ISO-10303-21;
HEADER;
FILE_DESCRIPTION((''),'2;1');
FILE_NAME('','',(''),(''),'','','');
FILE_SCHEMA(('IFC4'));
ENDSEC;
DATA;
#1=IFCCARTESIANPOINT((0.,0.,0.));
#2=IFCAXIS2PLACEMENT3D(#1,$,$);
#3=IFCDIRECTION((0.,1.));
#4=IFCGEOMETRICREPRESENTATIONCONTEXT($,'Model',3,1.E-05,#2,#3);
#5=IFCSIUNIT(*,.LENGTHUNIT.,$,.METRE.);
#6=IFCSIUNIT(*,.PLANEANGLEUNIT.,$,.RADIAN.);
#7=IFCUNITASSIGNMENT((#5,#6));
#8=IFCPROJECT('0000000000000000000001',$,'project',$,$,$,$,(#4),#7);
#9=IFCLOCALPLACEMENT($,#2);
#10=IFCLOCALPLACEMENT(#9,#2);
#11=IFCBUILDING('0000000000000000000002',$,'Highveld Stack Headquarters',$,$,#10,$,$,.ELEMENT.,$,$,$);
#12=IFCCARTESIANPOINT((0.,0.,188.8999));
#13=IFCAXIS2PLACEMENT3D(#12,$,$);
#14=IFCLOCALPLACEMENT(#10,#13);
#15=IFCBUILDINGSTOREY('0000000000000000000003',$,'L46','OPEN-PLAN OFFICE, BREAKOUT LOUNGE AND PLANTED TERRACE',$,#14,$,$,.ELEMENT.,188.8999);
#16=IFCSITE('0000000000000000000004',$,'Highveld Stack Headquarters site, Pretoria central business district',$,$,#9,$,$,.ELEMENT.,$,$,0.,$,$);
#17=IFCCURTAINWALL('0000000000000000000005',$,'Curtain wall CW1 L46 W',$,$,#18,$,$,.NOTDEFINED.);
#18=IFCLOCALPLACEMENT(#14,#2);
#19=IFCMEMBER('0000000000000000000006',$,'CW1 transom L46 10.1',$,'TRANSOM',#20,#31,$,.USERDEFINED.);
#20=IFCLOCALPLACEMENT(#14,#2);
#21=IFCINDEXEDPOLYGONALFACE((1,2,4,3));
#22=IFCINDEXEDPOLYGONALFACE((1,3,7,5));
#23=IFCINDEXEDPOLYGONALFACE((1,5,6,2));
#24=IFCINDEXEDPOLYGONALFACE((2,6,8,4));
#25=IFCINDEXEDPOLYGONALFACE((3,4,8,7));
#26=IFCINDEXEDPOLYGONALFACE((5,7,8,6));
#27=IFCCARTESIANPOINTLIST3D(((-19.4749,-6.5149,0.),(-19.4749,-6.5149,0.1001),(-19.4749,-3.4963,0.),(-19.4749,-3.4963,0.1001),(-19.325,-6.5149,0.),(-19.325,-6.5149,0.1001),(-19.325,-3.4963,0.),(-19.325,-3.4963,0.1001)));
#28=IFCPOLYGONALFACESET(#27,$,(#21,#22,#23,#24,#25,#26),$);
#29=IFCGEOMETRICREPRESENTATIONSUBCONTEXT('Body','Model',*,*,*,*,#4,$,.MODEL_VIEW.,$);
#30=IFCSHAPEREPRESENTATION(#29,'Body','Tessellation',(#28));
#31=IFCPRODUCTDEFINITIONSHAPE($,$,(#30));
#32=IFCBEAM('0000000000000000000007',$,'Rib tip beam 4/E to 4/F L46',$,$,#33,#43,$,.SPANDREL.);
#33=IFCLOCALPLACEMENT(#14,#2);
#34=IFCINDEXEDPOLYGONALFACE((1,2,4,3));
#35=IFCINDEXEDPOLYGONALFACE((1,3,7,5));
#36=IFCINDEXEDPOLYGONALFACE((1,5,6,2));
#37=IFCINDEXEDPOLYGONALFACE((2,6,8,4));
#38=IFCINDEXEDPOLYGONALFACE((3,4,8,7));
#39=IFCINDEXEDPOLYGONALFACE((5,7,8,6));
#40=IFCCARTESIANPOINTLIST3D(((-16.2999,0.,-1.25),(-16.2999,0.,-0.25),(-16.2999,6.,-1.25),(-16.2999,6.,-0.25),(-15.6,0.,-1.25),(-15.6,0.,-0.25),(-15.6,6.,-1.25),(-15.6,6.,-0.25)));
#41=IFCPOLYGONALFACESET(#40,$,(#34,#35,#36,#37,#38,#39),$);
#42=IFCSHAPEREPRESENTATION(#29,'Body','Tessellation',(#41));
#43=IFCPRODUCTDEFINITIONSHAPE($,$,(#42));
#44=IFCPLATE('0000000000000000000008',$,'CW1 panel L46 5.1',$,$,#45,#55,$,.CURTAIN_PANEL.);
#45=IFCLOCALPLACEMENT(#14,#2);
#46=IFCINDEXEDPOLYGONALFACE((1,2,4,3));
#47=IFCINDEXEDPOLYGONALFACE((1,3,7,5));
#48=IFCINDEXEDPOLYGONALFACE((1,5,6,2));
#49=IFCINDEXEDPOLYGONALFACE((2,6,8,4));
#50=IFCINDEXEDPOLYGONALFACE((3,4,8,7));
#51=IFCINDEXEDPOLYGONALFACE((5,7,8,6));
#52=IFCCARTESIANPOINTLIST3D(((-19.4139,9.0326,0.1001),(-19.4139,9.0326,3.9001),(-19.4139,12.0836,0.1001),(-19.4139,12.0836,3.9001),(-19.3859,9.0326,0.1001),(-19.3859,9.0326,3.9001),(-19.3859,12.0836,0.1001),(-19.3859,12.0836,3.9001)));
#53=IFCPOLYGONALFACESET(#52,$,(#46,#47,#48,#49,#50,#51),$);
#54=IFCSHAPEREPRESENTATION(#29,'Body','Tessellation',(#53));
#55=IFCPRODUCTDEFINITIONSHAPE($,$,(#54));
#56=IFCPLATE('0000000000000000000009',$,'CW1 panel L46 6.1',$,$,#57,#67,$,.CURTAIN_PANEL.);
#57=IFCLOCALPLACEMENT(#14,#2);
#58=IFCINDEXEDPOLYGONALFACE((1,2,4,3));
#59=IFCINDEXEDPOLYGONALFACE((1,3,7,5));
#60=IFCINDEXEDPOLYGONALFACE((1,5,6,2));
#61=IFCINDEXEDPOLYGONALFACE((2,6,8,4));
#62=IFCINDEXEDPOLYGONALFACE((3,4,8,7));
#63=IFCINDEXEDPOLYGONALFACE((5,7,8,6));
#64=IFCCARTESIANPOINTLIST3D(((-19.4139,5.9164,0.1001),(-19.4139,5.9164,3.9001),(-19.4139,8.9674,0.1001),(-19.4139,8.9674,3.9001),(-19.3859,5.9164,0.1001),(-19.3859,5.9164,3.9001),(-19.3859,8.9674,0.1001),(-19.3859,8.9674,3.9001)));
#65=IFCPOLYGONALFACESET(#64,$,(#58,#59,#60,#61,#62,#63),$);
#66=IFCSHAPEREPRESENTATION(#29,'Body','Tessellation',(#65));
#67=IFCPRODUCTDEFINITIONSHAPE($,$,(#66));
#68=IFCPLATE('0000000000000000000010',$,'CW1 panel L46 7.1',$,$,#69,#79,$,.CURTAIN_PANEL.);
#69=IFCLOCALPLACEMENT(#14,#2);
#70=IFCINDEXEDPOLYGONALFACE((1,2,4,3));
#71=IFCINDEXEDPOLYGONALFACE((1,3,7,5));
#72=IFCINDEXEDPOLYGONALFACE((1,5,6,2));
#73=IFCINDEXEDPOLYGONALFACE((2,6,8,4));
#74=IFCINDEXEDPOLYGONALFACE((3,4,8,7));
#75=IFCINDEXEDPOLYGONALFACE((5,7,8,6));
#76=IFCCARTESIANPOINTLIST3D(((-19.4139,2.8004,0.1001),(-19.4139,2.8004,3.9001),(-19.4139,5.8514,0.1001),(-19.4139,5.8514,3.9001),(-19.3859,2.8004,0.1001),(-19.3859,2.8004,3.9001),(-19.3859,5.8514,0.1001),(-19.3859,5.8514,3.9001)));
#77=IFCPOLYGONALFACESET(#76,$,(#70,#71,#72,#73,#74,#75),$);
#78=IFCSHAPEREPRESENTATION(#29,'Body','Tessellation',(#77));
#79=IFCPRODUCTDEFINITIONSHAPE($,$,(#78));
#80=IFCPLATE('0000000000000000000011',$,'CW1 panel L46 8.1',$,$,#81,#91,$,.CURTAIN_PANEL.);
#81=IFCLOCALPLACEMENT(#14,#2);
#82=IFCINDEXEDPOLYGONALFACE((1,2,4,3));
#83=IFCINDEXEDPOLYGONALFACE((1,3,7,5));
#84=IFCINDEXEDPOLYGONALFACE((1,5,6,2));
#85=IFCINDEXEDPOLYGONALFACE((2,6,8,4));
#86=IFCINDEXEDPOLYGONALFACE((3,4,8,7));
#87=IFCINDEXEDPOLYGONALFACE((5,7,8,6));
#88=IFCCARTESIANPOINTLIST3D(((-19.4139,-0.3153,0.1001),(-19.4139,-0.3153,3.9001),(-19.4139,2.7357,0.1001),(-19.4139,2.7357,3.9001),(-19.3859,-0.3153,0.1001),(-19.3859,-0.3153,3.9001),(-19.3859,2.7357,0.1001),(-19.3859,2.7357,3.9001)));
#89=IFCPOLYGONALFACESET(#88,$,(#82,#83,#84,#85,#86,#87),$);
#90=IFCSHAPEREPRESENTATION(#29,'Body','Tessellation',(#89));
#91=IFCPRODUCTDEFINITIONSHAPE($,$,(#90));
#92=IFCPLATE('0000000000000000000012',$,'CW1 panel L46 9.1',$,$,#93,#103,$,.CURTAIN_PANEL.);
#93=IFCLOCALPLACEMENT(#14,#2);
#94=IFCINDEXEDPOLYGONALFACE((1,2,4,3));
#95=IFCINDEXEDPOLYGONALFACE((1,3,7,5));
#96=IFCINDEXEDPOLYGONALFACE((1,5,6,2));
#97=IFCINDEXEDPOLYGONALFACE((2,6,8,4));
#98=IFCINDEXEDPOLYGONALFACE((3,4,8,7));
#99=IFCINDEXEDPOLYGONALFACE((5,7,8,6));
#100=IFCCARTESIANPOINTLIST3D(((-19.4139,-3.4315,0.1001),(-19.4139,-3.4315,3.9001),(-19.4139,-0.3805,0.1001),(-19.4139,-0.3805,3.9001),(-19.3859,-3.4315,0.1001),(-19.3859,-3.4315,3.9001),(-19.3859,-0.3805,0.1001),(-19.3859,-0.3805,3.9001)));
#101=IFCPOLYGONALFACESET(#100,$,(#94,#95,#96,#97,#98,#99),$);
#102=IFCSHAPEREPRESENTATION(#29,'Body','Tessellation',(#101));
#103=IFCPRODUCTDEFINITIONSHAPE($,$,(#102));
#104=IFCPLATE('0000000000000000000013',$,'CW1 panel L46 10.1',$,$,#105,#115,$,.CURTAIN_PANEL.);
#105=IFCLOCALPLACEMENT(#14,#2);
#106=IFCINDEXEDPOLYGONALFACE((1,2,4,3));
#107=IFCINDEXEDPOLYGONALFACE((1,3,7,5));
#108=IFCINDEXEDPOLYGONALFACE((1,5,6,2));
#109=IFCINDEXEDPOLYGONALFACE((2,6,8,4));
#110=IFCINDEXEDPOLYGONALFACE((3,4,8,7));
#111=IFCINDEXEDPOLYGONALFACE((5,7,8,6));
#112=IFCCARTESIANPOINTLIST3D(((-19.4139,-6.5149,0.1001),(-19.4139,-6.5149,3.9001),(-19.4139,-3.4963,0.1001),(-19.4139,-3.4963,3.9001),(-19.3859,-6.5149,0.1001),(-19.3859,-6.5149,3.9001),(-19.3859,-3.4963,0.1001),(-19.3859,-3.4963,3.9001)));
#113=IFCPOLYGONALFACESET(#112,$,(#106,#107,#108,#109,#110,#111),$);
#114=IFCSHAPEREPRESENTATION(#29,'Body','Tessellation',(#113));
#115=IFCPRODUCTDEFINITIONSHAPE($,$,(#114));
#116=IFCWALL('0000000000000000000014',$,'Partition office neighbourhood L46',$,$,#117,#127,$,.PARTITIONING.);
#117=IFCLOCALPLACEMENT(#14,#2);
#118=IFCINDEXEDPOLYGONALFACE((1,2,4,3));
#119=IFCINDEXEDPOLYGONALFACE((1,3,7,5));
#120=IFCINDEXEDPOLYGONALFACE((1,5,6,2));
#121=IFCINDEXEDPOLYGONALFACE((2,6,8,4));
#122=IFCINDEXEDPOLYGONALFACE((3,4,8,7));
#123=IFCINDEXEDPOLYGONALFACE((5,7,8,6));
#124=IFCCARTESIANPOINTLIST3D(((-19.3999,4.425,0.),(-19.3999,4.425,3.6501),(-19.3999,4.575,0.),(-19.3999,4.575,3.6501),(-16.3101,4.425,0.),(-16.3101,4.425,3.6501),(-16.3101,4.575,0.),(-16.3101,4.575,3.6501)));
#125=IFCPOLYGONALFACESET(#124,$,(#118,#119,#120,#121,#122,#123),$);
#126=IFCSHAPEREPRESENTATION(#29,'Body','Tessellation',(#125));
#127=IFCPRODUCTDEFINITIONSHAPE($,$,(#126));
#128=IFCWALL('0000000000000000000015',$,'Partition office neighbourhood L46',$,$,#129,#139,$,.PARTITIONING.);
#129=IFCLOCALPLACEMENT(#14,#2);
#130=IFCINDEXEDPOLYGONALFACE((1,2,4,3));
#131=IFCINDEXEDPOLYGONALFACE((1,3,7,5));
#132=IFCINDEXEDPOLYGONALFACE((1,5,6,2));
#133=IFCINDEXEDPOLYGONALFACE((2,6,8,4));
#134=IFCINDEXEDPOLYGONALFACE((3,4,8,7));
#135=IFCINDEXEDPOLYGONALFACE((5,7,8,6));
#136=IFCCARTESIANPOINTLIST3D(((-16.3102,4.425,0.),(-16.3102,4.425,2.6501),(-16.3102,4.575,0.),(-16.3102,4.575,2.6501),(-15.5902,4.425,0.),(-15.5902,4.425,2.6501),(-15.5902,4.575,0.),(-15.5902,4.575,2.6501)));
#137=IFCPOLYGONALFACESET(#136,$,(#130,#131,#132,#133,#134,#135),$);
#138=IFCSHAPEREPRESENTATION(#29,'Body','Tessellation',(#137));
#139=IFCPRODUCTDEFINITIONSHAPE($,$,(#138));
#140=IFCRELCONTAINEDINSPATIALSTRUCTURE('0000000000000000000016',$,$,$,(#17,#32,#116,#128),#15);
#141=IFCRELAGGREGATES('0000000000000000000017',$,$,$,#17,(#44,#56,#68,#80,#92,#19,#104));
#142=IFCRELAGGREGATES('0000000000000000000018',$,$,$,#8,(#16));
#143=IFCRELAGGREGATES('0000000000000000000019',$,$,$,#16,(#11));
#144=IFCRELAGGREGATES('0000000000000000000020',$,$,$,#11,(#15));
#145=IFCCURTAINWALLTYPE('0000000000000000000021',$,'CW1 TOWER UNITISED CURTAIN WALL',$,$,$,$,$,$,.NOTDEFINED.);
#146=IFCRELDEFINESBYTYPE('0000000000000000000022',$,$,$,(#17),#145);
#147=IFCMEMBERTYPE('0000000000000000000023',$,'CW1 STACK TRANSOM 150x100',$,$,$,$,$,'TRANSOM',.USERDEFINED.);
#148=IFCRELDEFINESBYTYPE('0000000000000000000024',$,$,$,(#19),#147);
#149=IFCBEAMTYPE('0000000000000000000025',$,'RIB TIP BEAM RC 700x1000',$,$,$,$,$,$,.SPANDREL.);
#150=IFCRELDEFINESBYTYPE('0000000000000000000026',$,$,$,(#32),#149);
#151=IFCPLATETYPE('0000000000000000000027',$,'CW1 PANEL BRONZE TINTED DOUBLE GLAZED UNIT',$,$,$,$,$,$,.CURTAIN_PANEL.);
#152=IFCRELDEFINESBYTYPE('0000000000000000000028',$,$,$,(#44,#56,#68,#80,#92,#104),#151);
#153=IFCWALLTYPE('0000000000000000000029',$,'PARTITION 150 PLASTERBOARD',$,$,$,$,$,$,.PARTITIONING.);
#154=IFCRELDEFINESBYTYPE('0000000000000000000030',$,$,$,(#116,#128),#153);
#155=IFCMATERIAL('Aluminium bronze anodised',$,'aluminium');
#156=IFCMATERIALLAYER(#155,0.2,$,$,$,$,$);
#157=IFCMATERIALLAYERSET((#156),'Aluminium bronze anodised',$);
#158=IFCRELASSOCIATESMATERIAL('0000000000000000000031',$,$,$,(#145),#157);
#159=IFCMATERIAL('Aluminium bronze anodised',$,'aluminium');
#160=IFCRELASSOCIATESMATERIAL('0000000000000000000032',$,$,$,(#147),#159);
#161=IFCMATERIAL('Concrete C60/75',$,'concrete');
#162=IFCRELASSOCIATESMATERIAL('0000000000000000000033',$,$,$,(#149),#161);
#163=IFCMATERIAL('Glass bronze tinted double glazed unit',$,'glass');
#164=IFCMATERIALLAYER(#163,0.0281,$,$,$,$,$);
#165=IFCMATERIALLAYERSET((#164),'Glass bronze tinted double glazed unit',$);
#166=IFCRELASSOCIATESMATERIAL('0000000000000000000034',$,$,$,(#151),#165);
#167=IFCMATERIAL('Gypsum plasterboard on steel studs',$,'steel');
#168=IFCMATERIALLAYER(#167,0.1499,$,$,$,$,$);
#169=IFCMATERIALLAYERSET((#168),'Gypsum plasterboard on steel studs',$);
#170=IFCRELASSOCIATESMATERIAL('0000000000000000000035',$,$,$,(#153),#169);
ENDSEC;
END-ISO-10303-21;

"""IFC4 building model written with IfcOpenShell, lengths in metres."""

from ifc_helpers import new_model, si_unit, direction, frame, frame_2d, origin, origin_2d, place, context, subcontext, project, spatial, rectangle, extrude, material, layer, layer_set, material_profile, profile_set, type_object, element, aggregate, save


model = new_model("IFC4")

# Units and contexts
model_context = context("Model", 3, precision=1e-05, world=origin(), true_north=direction((0.0, 1.0)))
body_context = subcontext(model_context, "Body", "Model", "MODEL_VIEW")
ifc_project = project(units=[si_unit("LENGTHUNIT", "METRE"), si_unit("PLANEANGLEUNIT", "RADIAN")], contexts=[model_context])

# Site, building, storey
site_placement = place(None, origin())
site = spatial("IfcSite", under=ifc_project, at=site_placement, Name="Highveld Stack Headquarters site, Pretoria central business district", CompositionType="ELEMENT", RefElevation=0.0)
building_placement = place(site_placement, origin())
building = spatial("IfcBuilding", under=site, at=building_placement, Name="Highveld Stack Headquarters", CompositionType="ELEMENT")
storey_placement = place(building_placement, frame((0.0, 0.0, 188.8999)))
storey = spatial("IfcBuildingStorey", under=building, at=storey_placement, Name="L46", Description="OPEN-PLAN OFFICE, BREAKOUT LOUNGE AND PLANTED TERRACE", CompositionType="ELEMENT", Elevation=188.8999)

# Curtain wall, member
ifc_material_1 = material(Name="Aluminium bronze anodised", Category="aluminium")
ifc_layer_1 = layer(ifc_material_1, 0.2)
ifc_layer_set_1 = layer_set([ifc_layer_1], Name="Aluminium bronze anodised")
curtain_wall_type = type_object("IfcCurtainWallType", Name="CW1 TOWER UNITISED CURTAIN WALL", PredefinedType="NOTDEFINED", material=ifc_layer_set_1)
curtain_wall_placement = place(storey_placement, origin())
curtain_wall = element("IfcCurtainWall", 1, at=curtain_wall_placement, inside=storey, type_object=curtain_wall_type, Name="Curtain wall CW1 L46 W", PredefinedType="NOTDEFINED")
ifc_material_2 = material(Name="Aluminium bronze anodised", Category="aluminium")
ifc_material_profile_1 = material_profile(ifc_material_2, rectangle(XDim=0.1499, YDim=0.1001, at=origin_2d()), Name="CW1 TRANSOM 150x100")
ifc_profile_set_1 = profile_set([ifc_material_profile_1], Name="Aluminium bronze anodised")
member_type_1 = type_object("IfcMemberType", Name="CW1 STACK TRANSOM 150x100", ElementType="TRANSOM", PredefinedType="USERDEFINED", material=ifc_profile_set_1)
member_1_placement = place(storey_placement, frame((-19.3999, -3.4963, 0.05), z_axis=(0.0, -1.0, 0.0), x_axis=(1.0, 0.0, 0.0)))
member_1 = element("IfcMember", 2, at=member_1_placement, type_object=member_type_1, Name="CW1 transom L46 10.1", ObjectType="TRANSOM", PredefinedType="USERDEFINED", context=body_context, shape_type="SweptSolid", body=[
    extrude(rectangle(XDim=0.1499, YDim=0.1001, at=origin_2d()), origin(), (0.0, 0.0, 1.0), 3.0186),
])

# Beam
ifc_material_3 = material(Name="Concrete C60/75", Category="concrete")
ifc_material_profile_2 = material_profile(ifc_material_3, rectangle(XDim=0.7, YDim=1.0, at=origin_2d()), Name="RC 700x1000")
ifc_profile_set_2 = profile_set([ifc_material_profile_2], Name="Concrete C60/75")
beam_type = type_object("IfcBeamType", Name="RIB TIP BEAM RC 700x1000", PredefinedType="SPANDREL", material=ifc_profile_set_2)
beam_placement = place(storey_placement, frame((-15.95, 0.0, -0.75), z_axis=(0.0, 1.0, 0.0), x_axis=(-1.0, 0.0, 0.0)))
element("IfcBeam", 3, at=beam_placement, inside=storey, type_object=beam_type, Name="Rib tip beam 4/E to 4/F L46", PredefinedType="SPANDREL", context=body_context, shape_type="SweptSolid", body=[
    extrude(rectangle(XDim=0.7, YDim=1.0, at=origin_2d()), origin(), (0.0, 0.0, 1.0), 6.0),
])

# Plates
ifc_material_4 = material(Name="Glass bronze tinted double glazed unit", Category="glass")
ifc_layer_2 = layer(ifc_material_4, 0.0281)
ifc_layer_set_2 = layer_set([ifc_layer_2], Name="Glass bronze tinted double glazed unit")
plate_type = type_object("IfcPlateType", Name="CW1 PANEL BRONZE TINTED DOUBLE GLAZED UNIT", PredefinedType="CURTAIN_PANEL", material=ifc_layer_set_2)
plate_1_placement = place(storey_placement, frame((-19.3999, 10.5581, 0.1001), z_axis=(0.0, 0.0, 1.0), x_axis=(0.0, -1.0, 0.0)))
plate_1 = element("IfcPlate", 4, at=plate_1_placement, type_object=plate_type, Name="CW1 panel L46 5.1", PredefinedType="CURTAIN_PANEL", context=body_context, shape_type="SweptSolid", body=[
    extrude(rectangle(XDim=3.051, YDim=0.0281, at=origin_2d()), origin(), (0.0, 0.0, 1.0), 3.8),
])
plate_2_placement = place(storey_placement, frame((-19.3999, 7.4419, 0.1001), z_axis=(0.0, 0.0, 1.0), x_axis=(0.0, -1.0, 0.0)))
plate_2 = element("IfcPlate", 5, at=plate_2_placement, type_object=plate_type, Name="CW1 panel L46 6.1", PredefinedType="CURTAIN_PANEL", context=body_context, shape_type="SweptSolid", body=[
    extrude(rectangle(XDim=3.051, YDim=0.0281, at=origin_2d()), origin(), (0.0, 0.0, 1.0), 3.8),
])
plate_3_placement = place(storey_placement, frame((-19.3999, 4.3259, 0.1001), z_axis=(0.0, 0.0, 1.0), x_axis=(0.0, -1.0, 0.0)))
plate_3 = element("IfcPlate", 6, at=plate_3_placement, type_object=plate_type, Name="CW1 panel L46 7.1", PredefinedType="CURTAIN_PANEL", context=body_context, shape_type="SweptSolid", body=[
    extrude(rectangle(XDim=3.051, YDim=0.0281, at=origin_2d()), origin(), (0.0, 0.0, 1.0), 3.8),
])
plate_4_placement = place(storey_placement, frame((-19.3999, 1.2102, 0.1001), z_axis=(0.0, 0.0, 1.0), x_axis=(0.0, -1.0, 0.0)))
plate_4 = element("IfcPlate", 7, at=plate_4_placement, type_object=plate_type, Name="CW1 panel L46 8.1", PredefinedType="CURTAIN_PANEL", context=body_context, shape_type="SweptSolid", body=[
    extrude(rectangle(XDim=3.051, YDim=0.0281, at=origin_2d()), origin(), (0.0, 0.0, 1.0), 3.8),
])
plate_5_placement = place(storey_placement, frame((-19.3999, -1.906, 0.1001), z_axis=(0.0, 0.0, 1.0), x_axis=(0.0, -1.0, 0.0)))
plate_5 = element("IfcPlate", 8, at=plate_5_placement, type_object=plate_type, Name="CW1 panel L46 9.1", PredefinedType="CURTAIN_PANEL", context=body_context, shape_type="SweptSolid", body=[
    extrude(rectangle(XDim=3.051, YDim=0.0281, at=origin_2d()), origin(), (0.0, 0.0, 1.0), 3.8),
])
plate_6_placement = place(storey_placement, frame((-19.3999, -5.0056, 0.1001), z_axis=(0.0, 0.0, 1.0), x_axis=(0.0, -1.0, 0.0)))
plate_6 = element("IfcPlate", 9, at=plate_6_placement, type_object=plate_type, Name="CW1 panel L46 10.1", PredefinedType="CURTAIN_PANEL", context=body_context, shape_type="SweptSolid", body=[
    extrude(rectangle(XDim=3.0186, YDim=0.0281, at=origin_2d()), origin(), (0.0, 0.0, 1.0), 3.8),
])
aggregate(curtain_wall, [plate_1, plate_2, plate_3, plate_4, plate_5, member_1, plate_6])

# Walls
ifc_material_5 = material(Name="Gypsum plasterboard on steel studs", Category="steel")
ifc_layer_3 = layer(ifc_material_5, 0.1499)
ifc_layer_set_3 = layer_set([ifc_layer_3], Name="Gypsum plasterboard on steel studs")
wall_type = type_object("IfcWallType", Name="PARTITION 150 PLASTERBOARD", PredefinedType="PARTITIONING", material=ifc_layer_set_3)
wall_1_placement = place(storey_placement, frame((-19.3999, 4.5, 0.0), z_axis=(0.0, 0.0, 1.0), x_axis=(1.0, 0.0, 0.0)))
element("IfcWall", 10, at=wall_1_placement, inside=storey, type_object=wall_type, Name="Partition office neighbourhood L46", PredefinedType="PARTITIONING", context=body_context, shape_type="SweptSolid", body=[
    extrude(rectangle(XDim=3.0898, YDim=0.1499, at=frame_2d((1.5449, 0.0))), origin(), (0.0, 0.0, 1.0), 3.6501),
])
wall_2_placement = place(storey_placement, frame((-16.3101, 4.5, 0.0), z_axis=(0.0, 0.0, 1.0), x_axis=(1.0, 0.0, 0.0)))
element("IfcWall", 11, at=wall_2_placement, inside=storey, type_object=wall_type, Name="Partition office neighbourhood L46", PredefinedType="PARTITIONING", context=body_context, shape_type="SweptSolid", body=[
    extrude(rectangle(XDim=0.72, YDim=0.1499, at=frame_2d((0.3599, 0.0))), origin(), (0.0, 0.0, 1.0), 2.6501),
])

save(model, "model.ifc")
